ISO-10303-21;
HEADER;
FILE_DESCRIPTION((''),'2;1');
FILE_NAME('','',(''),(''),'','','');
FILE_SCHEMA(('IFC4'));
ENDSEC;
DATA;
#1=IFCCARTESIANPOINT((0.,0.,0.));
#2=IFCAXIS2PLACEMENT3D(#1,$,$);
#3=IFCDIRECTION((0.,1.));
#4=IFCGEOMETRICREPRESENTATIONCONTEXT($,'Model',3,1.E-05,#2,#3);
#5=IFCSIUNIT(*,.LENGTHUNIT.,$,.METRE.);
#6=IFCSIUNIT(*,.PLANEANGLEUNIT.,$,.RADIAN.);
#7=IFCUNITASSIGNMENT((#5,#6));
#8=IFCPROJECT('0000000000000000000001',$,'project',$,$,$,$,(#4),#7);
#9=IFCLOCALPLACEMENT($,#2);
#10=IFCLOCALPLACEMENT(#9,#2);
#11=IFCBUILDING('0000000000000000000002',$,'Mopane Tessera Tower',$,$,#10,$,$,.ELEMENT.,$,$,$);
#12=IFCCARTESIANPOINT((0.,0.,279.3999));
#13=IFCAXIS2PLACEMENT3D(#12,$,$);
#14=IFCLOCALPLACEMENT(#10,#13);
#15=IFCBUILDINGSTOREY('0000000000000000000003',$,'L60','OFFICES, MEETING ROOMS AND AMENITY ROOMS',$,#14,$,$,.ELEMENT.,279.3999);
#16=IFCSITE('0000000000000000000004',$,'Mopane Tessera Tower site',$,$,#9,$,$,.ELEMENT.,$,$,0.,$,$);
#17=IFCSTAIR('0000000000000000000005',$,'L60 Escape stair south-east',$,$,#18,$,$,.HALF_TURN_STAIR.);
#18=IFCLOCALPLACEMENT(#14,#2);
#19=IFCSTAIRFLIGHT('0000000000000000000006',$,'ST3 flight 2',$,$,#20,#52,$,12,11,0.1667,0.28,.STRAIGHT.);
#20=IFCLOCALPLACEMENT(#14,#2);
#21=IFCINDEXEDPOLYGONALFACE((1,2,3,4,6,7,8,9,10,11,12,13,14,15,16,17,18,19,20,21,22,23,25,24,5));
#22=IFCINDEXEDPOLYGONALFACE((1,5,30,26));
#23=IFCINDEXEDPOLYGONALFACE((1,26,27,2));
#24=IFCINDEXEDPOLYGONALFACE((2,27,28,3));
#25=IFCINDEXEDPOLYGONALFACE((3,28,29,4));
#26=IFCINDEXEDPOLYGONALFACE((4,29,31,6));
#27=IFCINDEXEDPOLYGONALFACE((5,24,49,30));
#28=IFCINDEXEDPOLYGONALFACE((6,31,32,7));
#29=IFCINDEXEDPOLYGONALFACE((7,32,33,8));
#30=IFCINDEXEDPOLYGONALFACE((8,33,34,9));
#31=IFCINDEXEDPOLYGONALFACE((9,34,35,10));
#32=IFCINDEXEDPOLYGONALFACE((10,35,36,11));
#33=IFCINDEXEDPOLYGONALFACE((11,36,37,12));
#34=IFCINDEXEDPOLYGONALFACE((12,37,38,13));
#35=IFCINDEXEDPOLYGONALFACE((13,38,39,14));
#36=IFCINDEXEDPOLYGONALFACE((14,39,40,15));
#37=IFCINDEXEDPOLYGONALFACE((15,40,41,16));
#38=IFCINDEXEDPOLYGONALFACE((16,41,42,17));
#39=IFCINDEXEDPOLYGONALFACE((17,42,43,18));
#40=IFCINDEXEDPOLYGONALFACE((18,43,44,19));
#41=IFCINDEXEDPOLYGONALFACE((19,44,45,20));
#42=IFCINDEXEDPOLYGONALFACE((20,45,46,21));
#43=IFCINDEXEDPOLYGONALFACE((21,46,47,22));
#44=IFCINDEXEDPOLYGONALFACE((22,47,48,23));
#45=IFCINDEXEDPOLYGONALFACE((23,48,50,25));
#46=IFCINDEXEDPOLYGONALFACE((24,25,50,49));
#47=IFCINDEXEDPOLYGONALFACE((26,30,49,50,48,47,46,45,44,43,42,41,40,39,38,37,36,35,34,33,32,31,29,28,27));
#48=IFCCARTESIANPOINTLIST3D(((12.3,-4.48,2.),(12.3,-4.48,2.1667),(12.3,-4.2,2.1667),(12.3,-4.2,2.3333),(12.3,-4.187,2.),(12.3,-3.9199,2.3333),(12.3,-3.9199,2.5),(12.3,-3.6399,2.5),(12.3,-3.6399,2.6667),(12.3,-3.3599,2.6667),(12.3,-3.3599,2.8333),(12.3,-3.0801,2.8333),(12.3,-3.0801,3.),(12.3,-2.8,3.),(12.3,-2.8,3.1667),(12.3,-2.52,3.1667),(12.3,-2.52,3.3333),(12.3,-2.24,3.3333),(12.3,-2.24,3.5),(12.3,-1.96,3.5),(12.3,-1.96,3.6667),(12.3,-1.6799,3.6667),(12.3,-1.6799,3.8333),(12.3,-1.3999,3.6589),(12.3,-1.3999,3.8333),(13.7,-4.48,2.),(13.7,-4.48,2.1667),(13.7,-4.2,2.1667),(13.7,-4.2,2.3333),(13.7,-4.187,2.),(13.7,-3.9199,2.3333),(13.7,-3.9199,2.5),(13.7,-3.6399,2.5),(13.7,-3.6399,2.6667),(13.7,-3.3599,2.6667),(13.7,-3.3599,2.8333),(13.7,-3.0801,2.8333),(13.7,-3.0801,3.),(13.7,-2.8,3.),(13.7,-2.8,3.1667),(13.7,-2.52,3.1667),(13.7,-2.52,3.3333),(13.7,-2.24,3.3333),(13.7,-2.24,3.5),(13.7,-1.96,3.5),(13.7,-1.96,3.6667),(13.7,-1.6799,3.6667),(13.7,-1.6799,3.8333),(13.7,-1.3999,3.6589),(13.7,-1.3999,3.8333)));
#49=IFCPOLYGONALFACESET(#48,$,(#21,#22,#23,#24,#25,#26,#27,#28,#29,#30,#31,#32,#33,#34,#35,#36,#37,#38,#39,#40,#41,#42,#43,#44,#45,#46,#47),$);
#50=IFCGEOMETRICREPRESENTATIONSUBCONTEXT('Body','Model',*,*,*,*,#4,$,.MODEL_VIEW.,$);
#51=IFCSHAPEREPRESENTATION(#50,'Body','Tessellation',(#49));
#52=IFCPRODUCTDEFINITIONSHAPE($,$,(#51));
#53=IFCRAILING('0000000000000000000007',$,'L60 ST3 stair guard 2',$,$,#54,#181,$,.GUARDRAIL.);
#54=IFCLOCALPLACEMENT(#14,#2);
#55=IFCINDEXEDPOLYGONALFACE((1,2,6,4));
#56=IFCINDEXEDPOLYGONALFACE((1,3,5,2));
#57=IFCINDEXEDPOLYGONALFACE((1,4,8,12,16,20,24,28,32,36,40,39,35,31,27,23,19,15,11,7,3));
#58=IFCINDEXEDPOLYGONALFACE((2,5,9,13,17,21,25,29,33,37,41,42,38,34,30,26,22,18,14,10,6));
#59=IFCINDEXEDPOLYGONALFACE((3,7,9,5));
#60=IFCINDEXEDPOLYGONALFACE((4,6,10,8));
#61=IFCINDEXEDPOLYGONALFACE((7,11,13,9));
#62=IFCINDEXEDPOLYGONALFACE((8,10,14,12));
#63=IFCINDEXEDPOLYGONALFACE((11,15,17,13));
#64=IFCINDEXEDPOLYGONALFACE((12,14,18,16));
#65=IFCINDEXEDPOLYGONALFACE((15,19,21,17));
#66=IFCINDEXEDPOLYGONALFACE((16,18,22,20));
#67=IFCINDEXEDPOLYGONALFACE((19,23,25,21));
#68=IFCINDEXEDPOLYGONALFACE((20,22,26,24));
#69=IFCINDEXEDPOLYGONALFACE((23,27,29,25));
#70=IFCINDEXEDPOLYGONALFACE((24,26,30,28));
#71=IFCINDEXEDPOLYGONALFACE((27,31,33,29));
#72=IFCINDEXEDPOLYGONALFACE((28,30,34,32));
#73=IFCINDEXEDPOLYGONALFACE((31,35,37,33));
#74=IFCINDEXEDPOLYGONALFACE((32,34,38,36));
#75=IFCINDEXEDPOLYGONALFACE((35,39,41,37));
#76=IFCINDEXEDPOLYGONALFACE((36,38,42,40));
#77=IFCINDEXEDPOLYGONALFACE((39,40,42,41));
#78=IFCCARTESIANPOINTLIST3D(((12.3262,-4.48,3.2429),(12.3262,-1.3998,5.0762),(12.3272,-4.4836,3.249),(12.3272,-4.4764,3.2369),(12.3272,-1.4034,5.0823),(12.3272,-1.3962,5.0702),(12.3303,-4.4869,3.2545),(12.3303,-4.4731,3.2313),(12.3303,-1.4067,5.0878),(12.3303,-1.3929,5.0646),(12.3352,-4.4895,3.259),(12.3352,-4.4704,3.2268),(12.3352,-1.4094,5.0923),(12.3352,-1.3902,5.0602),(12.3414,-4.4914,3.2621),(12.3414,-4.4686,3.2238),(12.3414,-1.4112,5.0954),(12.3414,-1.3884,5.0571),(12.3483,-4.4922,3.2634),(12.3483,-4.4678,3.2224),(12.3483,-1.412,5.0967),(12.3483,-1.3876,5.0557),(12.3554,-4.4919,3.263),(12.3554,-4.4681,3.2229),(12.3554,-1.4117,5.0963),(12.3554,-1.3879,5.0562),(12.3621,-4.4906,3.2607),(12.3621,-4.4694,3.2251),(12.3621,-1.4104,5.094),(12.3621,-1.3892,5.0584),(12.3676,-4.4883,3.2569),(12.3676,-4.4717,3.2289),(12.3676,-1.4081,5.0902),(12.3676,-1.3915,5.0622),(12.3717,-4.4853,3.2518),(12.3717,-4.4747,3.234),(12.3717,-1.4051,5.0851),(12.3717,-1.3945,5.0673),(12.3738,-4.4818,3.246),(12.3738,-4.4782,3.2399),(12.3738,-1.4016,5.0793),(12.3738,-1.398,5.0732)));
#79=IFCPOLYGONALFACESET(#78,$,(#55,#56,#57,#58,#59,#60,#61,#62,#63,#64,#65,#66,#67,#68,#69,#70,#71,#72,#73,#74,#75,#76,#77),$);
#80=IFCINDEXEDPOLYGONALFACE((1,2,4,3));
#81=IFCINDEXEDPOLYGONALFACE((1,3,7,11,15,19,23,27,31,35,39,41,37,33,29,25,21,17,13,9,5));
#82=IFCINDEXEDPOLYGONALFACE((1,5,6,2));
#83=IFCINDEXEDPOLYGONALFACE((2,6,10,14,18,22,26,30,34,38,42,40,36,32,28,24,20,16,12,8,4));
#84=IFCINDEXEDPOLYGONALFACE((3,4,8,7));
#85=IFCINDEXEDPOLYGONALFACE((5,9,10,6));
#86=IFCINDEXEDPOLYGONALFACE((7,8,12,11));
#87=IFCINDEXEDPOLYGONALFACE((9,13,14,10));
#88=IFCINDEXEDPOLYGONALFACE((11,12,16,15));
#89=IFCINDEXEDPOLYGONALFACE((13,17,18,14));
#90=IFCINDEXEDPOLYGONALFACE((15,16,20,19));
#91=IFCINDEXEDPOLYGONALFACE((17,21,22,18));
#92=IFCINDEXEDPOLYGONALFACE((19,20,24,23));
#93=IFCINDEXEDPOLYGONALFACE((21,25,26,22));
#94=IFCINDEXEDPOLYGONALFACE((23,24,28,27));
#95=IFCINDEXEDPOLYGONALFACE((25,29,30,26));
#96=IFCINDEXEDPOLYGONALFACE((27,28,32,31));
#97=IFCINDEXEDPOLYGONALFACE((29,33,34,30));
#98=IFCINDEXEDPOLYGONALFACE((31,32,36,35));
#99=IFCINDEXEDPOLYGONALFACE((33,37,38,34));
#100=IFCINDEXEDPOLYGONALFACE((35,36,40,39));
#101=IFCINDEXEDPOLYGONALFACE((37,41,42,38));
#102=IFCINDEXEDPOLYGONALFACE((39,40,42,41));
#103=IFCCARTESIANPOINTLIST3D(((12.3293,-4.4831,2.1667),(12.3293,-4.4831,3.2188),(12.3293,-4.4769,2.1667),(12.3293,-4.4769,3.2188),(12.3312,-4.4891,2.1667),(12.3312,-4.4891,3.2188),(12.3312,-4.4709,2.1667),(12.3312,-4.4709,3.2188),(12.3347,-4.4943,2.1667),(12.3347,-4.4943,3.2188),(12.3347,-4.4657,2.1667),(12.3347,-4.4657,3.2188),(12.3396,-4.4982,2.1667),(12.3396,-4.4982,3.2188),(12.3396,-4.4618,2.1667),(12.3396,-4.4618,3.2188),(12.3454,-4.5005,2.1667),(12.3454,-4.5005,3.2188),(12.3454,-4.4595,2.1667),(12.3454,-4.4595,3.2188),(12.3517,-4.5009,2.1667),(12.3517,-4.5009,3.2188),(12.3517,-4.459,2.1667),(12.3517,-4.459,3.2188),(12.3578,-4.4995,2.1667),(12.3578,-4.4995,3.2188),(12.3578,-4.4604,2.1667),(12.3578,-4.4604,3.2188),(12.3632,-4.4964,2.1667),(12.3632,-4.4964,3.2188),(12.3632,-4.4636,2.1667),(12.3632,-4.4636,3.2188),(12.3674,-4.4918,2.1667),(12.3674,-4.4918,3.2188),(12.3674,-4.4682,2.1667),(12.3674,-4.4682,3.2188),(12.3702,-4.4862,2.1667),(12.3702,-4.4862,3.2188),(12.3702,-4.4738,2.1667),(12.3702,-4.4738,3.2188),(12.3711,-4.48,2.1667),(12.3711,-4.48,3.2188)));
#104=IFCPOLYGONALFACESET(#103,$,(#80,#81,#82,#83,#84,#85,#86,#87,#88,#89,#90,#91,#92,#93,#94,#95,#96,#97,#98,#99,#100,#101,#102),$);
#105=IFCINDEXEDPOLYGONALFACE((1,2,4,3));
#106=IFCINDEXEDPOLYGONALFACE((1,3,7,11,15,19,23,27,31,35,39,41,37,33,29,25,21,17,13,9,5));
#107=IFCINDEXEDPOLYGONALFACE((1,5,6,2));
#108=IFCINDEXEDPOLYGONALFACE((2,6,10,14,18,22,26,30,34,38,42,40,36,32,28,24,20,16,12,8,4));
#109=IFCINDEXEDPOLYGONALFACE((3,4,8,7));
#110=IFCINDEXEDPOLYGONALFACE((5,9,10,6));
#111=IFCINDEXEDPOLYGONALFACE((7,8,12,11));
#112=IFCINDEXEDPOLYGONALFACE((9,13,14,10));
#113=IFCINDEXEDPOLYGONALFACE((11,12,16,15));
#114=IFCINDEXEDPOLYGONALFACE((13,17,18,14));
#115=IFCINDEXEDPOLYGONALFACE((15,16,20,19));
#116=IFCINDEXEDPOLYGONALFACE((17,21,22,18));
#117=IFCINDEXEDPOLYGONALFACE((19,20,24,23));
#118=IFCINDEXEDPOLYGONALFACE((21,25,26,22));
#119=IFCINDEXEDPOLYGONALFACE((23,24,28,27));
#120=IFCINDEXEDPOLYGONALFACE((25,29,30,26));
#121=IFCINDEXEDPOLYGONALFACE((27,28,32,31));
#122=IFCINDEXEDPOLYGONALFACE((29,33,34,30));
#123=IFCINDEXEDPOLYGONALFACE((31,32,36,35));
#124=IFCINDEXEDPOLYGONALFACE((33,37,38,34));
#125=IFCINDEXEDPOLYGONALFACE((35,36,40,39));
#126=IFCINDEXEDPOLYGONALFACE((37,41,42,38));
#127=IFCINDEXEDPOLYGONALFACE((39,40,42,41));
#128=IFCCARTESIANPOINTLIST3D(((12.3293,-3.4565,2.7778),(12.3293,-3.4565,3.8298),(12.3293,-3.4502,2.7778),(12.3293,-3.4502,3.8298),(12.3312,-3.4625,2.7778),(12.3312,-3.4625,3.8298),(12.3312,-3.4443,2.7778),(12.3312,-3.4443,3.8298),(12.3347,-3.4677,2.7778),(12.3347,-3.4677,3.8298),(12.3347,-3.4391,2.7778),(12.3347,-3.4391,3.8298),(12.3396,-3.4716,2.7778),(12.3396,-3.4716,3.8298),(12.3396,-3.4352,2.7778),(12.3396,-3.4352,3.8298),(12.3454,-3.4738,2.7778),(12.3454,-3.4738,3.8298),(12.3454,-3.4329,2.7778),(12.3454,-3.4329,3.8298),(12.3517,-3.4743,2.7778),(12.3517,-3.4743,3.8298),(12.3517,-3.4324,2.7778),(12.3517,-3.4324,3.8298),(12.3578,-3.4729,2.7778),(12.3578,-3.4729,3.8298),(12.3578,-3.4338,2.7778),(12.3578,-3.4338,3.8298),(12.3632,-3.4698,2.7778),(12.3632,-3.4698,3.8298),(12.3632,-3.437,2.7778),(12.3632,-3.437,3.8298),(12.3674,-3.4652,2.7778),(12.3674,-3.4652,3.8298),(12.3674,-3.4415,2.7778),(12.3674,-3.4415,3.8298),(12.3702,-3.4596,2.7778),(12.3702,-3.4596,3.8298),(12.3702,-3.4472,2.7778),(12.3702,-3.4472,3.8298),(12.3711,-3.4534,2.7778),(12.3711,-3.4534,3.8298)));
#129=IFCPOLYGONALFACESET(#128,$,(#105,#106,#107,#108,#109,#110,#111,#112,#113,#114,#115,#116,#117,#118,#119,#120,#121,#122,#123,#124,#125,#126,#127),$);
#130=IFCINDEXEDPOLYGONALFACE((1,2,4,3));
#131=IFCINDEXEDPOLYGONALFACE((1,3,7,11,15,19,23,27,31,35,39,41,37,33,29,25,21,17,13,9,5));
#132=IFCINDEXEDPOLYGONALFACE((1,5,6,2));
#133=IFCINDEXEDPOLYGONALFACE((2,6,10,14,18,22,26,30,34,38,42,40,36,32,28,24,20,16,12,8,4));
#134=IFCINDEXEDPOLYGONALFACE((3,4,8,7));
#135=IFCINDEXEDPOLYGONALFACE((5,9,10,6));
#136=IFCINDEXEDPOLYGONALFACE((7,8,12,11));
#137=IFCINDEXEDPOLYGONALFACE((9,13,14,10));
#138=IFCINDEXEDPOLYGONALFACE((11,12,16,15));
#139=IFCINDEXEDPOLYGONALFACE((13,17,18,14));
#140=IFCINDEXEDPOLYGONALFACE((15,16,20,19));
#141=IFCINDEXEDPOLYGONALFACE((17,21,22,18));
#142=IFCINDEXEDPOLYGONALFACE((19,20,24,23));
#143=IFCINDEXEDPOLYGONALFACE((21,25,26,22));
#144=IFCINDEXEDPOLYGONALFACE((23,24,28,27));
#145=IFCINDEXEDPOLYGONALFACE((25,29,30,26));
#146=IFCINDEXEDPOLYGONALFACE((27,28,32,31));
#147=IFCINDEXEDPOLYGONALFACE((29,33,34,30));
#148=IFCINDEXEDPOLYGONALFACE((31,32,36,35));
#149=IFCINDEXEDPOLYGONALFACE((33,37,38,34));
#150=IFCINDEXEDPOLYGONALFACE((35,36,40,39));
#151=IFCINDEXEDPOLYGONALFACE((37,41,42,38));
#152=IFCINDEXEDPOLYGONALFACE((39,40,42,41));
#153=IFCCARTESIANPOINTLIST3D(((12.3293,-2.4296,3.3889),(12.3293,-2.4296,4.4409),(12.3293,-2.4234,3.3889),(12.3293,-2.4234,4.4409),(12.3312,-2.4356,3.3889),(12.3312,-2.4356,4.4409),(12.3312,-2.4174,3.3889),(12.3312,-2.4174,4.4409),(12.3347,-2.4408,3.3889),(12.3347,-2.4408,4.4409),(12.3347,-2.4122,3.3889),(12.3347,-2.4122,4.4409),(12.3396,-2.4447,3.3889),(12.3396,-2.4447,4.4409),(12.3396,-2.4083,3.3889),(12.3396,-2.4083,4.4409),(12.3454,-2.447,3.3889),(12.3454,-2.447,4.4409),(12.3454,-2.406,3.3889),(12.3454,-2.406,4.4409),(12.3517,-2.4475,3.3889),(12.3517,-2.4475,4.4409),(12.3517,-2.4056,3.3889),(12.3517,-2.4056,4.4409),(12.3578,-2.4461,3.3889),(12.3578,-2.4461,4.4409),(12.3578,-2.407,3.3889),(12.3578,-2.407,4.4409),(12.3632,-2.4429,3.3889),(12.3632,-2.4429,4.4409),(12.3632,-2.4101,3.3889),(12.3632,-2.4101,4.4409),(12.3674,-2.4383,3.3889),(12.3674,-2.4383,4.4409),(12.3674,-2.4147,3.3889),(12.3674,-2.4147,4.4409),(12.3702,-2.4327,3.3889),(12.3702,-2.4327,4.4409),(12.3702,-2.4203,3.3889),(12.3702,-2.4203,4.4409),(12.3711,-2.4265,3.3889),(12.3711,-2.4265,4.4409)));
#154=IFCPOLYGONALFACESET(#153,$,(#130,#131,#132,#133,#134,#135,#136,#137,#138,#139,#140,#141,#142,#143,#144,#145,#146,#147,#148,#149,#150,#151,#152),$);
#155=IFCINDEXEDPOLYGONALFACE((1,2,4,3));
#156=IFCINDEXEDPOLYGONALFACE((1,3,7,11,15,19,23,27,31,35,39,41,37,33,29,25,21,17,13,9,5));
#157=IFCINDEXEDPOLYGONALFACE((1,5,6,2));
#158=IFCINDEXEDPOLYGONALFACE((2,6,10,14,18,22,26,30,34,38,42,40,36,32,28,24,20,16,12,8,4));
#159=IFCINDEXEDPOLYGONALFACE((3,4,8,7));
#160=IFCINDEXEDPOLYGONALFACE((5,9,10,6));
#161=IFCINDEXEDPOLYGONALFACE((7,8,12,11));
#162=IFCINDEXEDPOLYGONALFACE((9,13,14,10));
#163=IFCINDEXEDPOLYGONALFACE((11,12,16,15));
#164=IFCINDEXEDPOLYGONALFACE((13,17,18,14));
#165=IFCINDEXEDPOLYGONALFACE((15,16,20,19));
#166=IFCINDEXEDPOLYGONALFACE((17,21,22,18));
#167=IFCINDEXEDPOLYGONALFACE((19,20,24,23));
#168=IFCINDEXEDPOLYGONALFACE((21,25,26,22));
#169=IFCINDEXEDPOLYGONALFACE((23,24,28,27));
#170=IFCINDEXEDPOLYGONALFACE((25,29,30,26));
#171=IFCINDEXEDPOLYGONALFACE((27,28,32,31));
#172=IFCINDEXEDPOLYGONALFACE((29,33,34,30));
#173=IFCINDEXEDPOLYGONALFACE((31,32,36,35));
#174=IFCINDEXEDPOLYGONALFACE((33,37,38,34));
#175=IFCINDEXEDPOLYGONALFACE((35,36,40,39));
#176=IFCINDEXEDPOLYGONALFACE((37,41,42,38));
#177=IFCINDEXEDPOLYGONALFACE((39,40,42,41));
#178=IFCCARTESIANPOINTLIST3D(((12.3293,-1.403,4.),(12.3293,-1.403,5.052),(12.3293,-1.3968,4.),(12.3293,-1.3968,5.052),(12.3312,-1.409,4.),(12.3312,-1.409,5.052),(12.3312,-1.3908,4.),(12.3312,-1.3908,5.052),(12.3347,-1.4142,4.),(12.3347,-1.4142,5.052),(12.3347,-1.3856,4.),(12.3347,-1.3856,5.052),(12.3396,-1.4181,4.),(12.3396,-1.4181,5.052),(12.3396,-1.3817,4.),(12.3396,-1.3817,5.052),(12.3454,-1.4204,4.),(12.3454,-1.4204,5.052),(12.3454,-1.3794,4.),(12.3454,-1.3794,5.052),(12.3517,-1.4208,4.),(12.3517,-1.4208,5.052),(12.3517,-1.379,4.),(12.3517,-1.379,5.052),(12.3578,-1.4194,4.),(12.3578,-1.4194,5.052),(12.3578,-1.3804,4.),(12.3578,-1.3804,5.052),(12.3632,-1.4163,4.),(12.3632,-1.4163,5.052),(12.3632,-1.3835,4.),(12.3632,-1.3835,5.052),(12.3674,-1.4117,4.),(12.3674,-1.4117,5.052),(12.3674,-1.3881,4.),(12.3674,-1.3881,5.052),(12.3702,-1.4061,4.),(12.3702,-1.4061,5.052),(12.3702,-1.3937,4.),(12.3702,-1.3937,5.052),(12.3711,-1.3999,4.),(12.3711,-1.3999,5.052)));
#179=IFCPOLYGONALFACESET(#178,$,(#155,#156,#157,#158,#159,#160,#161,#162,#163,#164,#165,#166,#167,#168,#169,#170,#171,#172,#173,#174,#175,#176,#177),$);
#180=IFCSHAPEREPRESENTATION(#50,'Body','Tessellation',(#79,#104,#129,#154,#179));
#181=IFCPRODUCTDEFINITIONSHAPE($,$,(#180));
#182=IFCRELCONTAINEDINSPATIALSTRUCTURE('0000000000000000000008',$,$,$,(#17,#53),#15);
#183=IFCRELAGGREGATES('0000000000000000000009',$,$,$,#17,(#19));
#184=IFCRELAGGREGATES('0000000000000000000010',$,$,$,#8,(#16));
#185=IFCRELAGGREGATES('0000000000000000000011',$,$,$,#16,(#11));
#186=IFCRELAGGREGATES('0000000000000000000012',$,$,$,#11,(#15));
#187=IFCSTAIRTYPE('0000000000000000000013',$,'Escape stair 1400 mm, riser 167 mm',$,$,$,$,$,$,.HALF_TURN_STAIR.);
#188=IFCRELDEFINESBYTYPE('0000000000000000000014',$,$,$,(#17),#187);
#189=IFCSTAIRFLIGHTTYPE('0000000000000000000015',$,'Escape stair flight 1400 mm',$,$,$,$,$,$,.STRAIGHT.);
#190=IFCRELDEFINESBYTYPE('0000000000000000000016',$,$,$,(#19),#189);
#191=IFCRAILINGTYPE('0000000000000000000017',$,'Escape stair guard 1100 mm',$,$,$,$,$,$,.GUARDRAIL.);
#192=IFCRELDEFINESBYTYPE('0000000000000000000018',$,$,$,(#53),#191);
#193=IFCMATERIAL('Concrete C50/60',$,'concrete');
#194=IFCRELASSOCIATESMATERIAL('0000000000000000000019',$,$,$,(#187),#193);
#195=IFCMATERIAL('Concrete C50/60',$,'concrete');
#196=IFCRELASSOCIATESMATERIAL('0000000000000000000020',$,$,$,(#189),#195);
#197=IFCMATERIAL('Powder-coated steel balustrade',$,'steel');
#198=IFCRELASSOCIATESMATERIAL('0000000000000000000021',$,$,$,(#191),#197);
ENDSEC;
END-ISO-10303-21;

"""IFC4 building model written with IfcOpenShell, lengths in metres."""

from ifc_helpers import new_model, si_unit, direction, frame, origin, origin_2d, place, context, subcontext, project, spatial, polyline, circle, outline, extrude, material, type_object, element, aggregate, save


model = new_model("IFC4")

# Units and contexts
model_context = context("Model", 3, precision=1e-05, world=origin(), true_north=direction((0.0, 1.0)))
body_context = subcontext(model_context, "Body", "Model", "MODEL_VIEW")
ifc_project = project(units=[si_unit("LENGTHUNIT", "METRE"), si_unit("PLANEANGLEUNIT", "RADIAN")], contexts=[model_context])

# Site, building, storey
site_placement = place(None, origin())
site = spatial("IfcSite", under=ifc_project, at=site_placement, Name="Mopane Tessera Tower site", CompositionType="ELEMENT", RefElevation=0.0)
building_placement = place(site_placement, origin())
building = spatial("IfcBuilding", under=site, at=building_placement, Name="Mopane Tessera Tower", CompositionType="ELEMENT")
storey_placement = place(building_placement, frame((0.0, 0.0, 279.3999)))
storey = spatial("IfcBuildingStorey", under=building, at=storey_placement, Name="L60", Description="OFFICES, MEETING ROOMS AND AMENITY ROOMS", CompositionType="ELEMENT", Elevation=279.3999)

# Stair, stair flight
ifc_material_1 = material(Name="Concrete C50/60", Category="concrete")
stair_type = type_object("IfcStairType", Name="Escape stair 1400 mm, riser 167 mm", PredefinedType="HALF_TURN_STAIR", material=ifc_material_1)
stair_placement = place(storey_placement, origin())
stair = element("IfcStair", 1, at=stair_placement, inside=storey, type_object=stair_type, Name="L60 Escape stair south-east", PredefinedType="HALF_TURN_STAIR")
ifc_material_2 = material(Name="Concrete C50/60", Category="concrete")
stair_flight_type = type_object("IfcStairFlightType", Name="Escape stair flight 1400 mm", PredefinedType="STRAIGHT", material=ifc_material_2)
stair_flight_1_placement = place(storey_placement, frame((13.0, -4.48, 2.0), z_axis=(0.0, 0.0, 1.0), x_axis=(0.0, 1.0, 0.0)))
stair_flight_1 = element("IfcStairFlight", 2, at=stair_flight_1_placement, type_object=stair_flight_type, Name="ST3 flight 2", NumberOfRisers=12, NumberOfTreads=11, PredefinedType="STRAIGHT", RiserHeight=0.1667, TreadLength=0.28, context=body_context, shape_type="SweptSolid", body=[
    extrude(outline(polyline([(0.0, 0.0), (0.0, 0.1667), (0.28, 0.1667), (0.28, 0.3333), (0.5601, 0.3333), (0.5601, 0.5), (0.8401, 0.5), (0.8401, 0.6667), (1.1201, 0.6667), (1.1201, 0.8333), (1.3999, 0.8333), (1.3999, 1.0), (1.6799, 1.0), (1.6799, 1.1667), (1.96, 1.1667), (1.96, 1.3333), (2.24, 1.3333), (2.24, 1.5), (2.52, 1.5), (2.52, 1.6667), (2.8, 1.6667), (2.8, 1.8333), (3.0801, 1.8333), (3.0801, 2.0), (3.0801, 1.6589), (0.293, 0.0), (0.0, 0.0)])), frame((0.0, 0.7, 0.0), z_axis=(0.0, -1.0, 0.0), x_axis=(1.0, 0.0, 0.0)), (0.0, 0.0, 1.0), 1.3999),
])
aggregate(stair, [stair_flight_1])

# Railing
ifc_material_3 = material(Name="Powder-coated steel balustrade", Category="steel")
railing_type_1 = type_object("IfcRailingType", Name="Escape stair guard 1100 mm", PredefinedType="GUARDRAIL", material=ifc_material_3)
railing_1_placement = place(storey_placement, frame((12.3501, -4.48, 2.1667)))
element("IfcRailing", 3, at=railing_1_placement, inside=storey, type_object=railing_type_1, Name="L60 ST3 stair guard 2", PredefinedType="GUARDRAIL", context=body_context, shape_type="SweptSolid", body=[
    extrude(circle(Radius=0.0239, at=origin_2d()), frame((0.0, 0.0, 1.0762), z_axis=(0.0, 0.859309, 0.511458), x_axis=(-1.0, 0.0, 0.0)), (0.0, 0.0, 1.0), 3.5845),
    extrude(circle(Radius=0.021, at=origin_2d()), origin(), (0.0, 0.0, 1.0), 1.052),
    extrude(circle(Radius=0.021, at=origin_2d()), frame((0.0, 1.0266, 0.6111)), (0.0, 0.0, 1.0), 1.052),
    extrude(circle(Radius=0.021, at=origin_2d()), frame((0.0, 2.0535, 1.2222)), (0.0, 0.0, 1.0), 1.052),
    extrude(circle(Radius=0.021, at=origin_2d()), frame((0.0, 3.0801, 1.8333)), (0.0, 0.0, 1.0), 1.052),
])

save(model, "model.ifc")
